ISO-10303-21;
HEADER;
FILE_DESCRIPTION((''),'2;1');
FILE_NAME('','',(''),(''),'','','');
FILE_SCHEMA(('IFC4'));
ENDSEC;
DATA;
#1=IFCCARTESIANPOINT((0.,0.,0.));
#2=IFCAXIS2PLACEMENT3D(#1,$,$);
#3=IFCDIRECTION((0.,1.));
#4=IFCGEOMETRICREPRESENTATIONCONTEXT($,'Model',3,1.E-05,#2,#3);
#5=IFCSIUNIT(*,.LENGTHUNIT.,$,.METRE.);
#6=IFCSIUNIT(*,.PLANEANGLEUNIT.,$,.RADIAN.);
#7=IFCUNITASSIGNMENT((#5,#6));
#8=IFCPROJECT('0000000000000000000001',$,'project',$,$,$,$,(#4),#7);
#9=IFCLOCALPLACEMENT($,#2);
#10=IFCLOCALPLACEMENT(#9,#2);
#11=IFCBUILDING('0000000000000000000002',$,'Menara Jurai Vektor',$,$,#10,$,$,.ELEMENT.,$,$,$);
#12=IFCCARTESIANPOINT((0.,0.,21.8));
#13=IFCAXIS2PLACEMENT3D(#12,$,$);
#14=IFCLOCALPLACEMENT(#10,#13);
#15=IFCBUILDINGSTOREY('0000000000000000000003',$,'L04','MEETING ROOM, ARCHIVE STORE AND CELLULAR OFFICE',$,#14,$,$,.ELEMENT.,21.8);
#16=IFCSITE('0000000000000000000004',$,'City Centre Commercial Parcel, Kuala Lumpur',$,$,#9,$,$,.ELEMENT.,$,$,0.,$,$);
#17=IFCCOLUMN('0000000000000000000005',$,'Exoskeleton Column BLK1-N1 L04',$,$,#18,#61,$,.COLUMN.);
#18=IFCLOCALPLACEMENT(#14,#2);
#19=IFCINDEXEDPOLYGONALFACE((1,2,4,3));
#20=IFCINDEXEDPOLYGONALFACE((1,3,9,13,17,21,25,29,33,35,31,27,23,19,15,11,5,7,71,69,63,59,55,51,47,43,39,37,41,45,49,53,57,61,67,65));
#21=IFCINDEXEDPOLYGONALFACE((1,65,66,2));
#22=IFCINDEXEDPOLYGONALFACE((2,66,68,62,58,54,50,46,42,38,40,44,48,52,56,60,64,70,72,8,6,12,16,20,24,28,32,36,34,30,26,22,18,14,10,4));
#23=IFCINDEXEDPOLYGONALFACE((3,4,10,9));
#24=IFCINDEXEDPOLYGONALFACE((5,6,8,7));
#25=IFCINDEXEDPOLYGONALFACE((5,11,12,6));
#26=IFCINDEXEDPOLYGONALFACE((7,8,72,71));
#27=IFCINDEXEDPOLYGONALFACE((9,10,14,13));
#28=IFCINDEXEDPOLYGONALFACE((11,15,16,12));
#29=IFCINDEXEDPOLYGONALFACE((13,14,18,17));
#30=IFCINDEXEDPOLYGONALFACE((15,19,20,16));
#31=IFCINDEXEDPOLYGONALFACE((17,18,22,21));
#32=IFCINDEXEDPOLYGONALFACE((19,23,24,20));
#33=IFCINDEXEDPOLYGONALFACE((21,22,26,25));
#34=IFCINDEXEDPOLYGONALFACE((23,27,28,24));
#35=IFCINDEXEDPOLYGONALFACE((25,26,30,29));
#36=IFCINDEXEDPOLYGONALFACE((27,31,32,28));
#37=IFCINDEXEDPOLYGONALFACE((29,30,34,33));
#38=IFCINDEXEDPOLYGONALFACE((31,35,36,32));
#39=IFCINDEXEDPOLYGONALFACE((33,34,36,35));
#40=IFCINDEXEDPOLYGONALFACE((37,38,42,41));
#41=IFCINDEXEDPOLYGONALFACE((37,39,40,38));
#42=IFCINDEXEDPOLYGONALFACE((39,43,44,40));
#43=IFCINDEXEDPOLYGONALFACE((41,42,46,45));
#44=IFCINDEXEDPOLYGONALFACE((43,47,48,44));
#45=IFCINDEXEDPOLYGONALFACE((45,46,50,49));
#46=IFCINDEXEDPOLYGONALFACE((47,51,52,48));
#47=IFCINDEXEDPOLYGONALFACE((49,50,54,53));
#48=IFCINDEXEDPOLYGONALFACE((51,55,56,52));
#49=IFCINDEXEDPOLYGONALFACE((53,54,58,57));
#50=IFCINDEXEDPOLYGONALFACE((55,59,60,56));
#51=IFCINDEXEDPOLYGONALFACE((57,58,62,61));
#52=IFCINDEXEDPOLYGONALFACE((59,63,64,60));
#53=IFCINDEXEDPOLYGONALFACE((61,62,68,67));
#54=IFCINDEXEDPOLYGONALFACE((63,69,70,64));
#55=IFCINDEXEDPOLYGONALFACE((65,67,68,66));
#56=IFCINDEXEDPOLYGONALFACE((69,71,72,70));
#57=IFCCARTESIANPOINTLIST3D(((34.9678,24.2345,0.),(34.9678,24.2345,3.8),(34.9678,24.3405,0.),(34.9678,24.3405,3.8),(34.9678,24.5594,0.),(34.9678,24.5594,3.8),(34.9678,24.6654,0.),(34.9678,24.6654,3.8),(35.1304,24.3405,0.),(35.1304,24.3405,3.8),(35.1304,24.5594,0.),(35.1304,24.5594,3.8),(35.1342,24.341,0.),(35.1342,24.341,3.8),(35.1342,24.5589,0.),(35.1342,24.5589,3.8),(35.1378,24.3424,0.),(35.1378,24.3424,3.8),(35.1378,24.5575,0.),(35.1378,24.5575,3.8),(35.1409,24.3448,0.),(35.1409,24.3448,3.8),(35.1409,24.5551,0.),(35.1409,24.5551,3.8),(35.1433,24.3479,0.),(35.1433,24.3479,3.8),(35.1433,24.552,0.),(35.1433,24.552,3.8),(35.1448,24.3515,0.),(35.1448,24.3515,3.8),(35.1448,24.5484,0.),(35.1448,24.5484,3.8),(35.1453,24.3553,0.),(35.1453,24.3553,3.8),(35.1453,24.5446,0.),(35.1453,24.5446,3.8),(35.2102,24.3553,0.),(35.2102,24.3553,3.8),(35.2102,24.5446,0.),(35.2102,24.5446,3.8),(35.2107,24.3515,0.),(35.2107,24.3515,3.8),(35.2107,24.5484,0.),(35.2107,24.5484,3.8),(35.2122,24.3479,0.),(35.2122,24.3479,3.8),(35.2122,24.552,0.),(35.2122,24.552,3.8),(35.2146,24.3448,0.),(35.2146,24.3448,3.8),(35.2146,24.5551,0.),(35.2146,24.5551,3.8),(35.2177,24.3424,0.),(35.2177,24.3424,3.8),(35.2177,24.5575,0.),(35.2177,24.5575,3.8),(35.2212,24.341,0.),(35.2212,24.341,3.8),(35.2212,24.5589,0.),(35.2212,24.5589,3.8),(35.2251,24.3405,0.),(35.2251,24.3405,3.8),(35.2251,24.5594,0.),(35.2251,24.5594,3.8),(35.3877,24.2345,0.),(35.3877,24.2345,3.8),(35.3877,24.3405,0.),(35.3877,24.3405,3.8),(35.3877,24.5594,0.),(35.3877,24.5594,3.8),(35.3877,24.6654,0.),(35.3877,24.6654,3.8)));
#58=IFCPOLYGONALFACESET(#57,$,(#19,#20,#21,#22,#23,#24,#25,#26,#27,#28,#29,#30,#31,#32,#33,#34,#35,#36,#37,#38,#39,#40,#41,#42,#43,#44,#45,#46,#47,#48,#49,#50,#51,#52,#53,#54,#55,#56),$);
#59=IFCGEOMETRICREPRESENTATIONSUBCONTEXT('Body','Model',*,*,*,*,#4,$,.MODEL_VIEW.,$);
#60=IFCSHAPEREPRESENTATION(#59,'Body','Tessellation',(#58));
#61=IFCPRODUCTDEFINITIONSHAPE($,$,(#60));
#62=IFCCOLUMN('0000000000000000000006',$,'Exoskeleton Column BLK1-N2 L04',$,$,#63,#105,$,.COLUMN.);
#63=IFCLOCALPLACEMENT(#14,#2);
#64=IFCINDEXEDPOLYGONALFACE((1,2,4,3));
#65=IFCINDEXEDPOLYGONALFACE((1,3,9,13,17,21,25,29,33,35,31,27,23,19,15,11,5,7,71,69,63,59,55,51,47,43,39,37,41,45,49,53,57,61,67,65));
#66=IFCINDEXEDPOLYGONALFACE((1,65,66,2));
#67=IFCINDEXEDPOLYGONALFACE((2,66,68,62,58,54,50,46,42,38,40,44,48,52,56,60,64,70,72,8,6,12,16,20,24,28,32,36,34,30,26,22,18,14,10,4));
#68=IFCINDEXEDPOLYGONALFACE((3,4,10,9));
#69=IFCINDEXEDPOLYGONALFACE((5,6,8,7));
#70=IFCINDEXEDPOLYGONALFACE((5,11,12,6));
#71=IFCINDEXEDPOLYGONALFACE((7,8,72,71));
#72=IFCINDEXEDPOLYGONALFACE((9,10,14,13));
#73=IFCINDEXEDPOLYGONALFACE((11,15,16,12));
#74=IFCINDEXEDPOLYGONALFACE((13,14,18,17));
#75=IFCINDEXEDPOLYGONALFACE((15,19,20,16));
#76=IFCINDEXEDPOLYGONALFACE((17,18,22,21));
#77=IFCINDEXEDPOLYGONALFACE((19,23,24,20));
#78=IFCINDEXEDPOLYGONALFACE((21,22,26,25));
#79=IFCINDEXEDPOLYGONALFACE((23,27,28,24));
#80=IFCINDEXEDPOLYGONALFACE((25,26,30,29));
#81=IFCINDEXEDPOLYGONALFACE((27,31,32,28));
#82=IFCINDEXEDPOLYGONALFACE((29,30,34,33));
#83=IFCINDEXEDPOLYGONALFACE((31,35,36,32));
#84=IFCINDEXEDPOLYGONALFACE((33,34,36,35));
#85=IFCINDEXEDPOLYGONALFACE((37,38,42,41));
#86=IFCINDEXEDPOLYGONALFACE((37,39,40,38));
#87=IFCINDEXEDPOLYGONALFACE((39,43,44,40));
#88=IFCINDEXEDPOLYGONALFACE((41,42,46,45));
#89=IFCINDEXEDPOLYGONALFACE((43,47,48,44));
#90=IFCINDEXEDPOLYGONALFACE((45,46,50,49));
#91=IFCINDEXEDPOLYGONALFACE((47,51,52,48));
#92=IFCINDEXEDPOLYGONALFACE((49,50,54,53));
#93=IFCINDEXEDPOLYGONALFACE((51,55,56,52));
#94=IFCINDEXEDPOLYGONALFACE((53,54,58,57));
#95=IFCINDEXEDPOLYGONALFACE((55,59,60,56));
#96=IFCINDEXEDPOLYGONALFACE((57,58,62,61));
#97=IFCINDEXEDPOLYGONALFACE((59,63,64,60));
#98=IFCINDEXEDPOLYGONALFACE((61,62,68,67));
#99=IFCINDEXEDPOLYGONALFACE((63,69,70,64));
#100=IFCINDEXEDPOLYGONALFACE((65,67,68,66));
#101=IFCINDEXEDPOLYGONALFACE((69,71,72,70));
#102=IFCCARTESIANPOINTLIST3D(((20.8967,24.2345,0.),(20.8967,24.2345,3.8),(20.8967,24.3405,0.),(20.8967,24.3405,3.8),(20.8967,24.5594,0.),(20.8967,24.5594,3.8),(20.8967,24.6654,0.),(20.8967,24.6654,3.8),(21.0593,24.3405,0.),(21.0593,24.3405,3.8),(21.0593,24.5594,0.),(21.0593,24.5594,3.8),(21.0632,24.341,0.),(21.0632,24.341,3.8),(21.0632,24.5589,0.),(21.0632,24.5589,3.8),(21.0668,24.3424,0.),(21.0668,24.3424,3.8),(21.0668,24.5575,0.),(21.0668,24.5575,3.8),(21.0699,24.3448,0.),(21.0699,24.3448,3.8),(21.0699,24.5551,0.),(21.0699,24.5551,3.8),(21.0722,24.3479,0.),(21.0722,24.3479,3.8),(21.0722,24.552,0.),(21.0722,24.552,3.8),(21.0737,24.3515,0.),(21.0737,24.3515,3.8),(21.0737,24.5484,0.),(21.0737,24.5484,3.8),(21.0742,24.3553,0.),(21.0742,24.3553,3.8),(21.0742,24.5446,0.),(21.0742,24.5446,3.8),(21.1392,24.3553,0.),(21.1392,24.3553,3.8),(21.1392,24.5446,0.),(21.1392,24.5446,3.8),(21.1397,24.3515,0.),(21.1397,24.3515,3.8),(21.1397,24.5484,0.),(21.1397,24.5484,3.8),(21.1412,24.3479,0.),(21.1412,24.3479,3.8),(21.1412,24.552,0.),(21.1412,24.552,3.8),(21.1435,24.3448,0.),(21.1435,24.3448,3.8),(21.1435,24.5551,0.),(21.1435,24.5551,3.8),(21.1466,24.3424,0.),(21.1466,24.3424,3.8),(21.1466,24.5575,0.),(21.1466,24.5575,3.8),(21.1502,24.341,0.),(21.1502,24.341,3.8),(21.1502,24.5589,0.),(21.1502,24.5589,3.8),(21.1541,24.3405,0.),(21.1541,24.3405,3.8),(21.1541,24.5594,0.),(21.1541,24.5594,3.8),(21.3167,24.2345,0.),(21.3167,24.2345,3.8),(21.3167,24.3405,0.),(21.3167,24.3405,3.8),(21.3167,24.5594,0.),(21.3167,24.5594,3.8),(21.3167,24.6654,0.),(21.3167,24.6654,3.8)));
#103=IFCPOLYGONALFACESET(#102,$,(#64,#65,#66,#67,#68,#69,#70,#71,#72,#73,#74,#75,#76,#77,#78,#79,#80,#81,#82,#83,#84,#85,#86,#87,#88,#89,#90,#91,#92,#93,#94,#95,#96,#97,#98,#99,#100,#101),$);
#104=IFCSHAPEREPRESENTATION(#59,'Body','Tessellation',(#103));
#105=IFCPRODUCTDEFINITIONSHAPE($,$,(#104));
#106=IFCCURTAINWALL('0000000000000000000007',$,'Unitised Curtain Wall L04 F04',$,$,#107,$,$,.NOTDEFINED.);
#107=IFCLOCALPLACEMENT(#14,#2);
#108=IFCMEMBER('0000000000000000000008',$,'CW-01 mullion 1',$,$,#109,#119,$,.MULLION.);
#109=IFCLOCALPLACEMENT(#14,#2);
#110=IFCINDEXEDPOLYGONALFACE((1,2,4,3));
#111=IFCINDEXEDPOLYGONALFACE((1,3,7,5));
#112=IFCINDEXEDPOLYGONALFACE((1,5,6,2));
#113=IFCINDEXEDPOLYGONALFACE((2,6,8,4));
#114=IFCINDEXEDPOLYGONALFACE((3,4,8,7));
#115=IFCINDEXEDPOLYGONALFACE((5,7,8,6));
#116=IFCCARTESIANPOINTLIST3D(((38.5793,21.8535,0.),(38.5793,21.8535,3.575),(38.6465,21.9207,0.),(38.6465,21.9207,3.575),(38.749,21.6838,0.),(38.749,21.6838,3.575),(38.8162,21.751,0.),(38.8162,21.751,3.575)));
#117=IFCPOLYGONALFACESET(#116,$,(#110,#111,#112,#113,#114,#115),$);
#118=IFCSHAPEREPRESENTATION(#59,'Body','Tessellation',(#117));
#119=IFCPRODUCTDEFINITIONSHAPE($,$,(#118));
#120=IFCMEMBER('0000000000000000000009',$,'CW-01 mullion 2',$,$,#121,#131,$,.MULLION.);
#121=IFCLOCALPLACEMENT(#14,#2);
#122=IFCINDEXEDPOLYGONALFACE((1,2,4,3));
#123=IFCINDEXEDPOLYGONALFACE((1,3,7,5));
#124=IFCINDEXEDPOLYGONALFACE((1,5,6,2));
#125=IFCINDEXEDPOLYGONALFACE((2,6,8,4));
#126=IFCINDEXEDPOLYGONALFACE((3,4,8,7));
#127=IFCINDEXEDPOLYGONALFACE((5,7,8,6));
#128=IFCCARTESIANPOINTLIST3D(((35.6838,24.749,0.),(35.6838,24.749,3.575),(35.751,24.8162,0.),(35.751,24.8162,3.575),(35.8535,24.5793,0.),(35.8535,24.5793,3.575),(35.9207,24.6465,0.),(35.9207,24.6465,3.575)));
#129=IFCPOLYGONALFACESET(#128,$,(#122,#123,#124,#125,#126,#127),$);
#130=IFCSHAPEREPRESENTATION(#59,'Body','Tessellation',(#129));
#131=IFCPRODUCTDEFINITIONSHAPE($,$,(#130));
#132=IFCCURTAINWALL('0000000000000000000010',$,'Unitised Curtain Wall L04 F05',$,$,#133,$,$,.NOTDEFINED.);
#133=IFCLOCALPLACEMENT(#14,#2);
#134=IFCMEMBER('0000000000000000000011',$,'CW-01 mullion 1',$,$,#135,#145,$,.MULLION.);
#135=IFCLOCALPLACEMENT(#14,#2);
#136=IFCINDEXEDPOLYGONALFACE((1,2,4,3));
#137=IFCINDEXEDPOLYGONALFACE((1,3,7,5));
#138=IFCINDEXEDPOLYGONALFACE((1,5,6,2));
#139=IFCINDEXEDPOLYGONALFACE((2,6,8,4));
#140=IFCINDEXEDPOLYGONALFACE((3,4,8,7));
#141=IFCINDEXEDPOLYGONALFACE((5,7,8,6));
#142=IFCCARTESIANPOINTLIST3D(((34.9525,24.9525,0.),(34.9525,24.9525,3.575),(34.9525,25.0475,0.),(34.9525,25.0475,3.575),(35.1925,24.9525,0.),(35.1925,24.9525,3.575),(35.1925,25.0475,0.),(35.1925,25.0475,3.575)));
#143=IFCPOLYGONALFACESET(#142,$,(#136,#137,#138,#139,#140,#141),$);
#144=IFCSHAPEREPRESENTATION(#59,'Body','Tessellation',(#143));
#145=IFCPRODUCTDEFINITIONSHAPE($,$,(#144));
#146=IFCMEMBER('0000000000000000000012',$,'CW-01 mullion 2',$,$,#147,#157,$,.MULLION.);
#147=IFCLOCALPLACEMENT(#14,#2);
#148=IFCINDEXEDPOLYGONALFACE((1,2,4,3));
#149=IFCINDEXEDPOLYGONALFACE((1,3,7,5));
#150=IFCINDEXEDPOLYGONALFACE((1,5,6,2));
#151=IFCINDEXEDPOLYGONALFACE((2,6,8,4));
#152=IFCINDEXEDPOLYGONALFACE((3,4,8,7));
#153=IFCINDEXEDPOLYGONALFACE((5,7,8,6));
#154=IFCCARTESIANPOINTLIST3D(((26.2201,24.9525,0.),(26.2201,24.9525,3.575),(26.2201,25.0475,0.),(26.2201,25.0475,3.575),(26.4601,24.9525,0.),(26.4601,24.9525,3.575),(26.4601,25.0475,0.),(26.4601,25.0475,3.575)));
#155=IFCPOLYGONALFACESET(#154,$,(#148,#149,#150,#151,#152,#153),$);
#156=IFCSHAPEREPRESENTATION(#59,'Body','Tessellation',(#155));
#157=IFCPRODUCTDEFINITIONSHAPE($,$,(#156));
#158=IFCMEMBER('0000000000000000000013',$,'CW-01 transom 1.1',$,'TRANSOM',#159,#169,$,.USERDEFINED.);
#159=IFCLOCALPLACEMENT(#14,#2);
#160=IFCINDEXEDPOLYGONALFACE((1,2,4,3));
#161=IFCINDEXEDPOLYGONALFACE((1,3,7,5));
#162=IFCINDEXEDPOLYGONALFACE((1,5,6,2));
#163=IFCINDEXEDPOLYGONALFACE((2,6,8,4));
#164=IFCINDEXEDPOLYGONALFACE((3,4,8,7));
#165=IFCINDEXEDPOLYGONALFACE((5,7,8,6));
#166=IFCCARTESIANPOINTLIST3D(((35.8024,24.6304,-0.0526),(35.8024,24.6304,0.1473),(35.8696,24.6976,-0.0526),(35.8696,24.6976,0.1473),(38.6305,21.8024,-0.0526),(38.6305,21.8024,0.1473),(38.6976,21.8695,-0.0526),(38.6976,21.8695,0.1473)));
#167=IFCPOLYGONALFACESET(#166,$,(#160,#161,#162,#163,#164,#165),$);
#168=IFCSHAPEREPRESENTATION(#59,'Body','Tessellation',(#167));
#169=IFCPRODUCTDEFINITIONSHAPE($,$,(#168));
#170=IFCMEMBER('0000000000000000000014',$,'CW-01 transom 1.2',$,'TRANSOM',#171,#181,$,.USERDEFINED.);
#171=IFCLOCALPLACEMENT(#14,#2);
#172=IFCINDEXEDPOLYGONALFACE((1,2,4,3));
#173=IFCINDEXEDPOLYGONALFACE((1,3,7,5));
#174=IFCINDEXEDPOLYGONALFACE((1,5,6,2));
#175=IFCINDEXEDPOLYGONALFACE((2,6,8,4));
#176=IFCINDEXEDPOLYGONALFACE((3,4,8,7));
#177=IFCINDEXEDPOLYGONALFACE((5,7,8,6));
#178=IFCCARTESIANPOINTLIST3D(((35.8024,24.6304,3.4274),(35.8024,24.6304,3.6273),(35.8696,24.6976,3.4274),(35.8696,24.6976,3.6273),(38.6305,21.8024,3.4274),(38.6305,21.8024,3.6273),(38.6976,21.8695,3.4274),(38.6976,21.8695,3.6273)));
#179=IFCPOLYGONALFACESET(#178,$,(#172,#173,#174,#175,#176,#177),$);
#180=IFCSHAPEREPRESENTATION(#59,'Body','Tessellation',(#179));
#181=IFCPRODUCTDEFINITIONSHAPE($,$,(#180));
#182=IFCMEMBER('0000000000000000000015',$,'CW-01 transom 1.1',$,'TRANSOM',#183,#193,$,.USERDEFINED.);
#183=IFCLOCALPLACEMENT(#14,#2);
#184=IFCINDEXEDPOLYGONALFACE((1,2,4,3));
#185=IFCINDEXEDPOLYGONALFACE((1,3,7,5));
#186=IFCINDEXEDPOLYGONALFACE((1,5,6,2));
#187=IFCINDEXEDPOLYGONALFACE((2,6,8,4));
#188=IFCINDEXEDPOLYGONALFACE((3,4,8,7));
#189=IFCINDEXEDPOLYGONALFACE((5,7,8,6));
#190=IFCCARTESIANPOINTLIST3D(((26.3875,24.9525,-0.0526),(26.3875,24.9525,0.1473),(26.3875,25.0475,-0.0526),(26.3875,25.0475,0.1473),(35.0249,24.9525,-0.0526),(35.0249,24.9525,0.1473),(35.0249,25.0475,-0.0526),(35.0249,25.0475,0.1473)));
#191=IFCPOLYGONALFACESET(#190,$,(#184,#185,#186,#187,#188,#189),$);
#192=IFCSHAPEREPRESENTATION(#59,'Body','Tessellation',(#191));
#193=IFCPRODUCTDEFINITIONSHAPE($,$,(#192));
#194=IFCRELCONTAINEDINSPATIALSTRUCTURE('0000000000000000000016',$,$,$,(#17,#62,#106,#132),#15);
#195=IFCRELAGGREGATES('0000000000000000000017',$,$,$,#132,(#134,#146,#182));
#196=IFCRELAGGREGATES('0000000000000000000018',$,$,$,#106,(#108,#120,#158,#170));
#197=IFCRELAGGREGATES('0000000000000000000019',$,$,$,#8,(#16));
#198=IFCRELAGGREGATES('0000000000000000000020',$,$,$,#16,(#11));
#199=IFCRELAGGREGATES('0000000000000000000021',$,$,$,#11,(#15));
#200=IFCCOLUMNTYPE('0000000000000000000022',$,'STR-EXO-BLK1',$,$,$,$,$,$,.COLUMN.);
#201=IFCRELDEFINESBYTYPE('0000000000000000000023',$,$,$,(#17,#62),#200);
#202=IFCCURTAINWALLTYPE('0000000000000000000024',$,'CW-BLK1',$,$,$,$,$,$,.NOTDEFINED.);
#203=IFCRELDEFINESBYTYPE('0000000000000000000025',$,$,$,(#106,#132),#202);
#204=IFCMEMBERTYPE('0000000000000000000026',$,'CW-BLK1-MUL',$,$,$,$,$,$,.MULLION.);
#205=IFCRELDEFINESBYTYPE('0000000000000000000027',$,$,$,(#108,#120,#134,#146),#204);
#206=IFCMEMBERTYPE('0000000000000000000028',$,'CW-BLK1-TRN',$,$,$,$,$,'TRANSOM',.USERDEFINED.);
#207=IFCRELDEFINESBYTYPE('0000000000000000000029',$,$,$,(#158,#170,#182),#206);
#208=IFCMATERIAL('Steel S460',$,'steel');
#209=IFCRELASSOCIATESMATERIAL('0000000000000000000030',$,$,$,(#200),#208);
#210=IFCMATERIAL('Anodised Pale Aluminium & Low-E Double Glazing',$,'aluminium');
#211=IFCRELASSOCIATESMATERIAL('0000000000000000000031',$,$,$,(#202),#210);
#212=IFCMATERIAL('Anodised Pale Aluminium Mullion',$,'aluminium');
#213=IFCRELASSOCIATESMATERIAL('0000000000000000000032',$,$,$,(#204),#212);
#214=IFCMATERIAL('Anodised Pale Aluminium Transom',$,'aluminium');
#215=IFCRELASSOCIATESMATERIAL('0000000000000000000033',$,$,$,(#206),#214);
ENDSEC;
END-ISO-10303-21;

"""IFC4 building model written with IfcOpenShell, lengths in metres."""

from ifc_helpers import new_model, si_unit, direction, frame, origin, origin_2d, place, context, subcontext, project, spatial, rectangle, i_section, extrude, material, material_profile, profile_set, type_object, element, aggregate, save


model = new_model("IFC4")

# Units and contexts
model_context = context("Model", 3, precision=1e-05, world=origin(), true_north=direction((0.0, 1.0)))
body_context = subcontext(model_context, "Body", "Model", "MODEL_VIEW")
ifc_project = project(units=[si_unit("LENGTHUNIT", "METRE"), si_unit("PLANEANGLEUNIT", "RADIAN")], contexts=[model_context])

# Site, building, storey
site_placement = place(None, origin())
site = spatial("IfcSite", under=ifc_project, at=site_placement, Name="City Centre Commercial Parcel, Kuala Lumpur", CompositionType="ELEMENT", RefElevation=0.0)
building_placement = place(site_placement, origin())
building = spatial("IfcBuilding", under=site, at=building_placement, Name="Menara Jurai Vektor", CompositionType="ELEMENT")
storey_placement = place(building_placement, frame((0.0, 0.0, 21.8)))
storey = spatial("IfcBuildingStorey", under=building, at=storey_placement, Name="L04", Description="MEETING ROOM, ARCHIVE STORE AND CELLULAR OFFICE", CompositionType="ELEMENT", Elevation=21.8)

# Columns
ifc_material_1 = material(Name="Steel S460", Category="steel")
ifc_material_profile_1 = material_profile(ifc_material_1, i_section(OverallWidth=0.4199, OverallDepth=0.4309, WebThickness=0.0649, FlangeThickness=0.106, FilletRadius=0.0149, at=origin_2d()), Name="HD 400x900")
ifc_profile_set_1 = profile_set([ifc_material_profile_1], Name="Steel S460")
column_type = type_object("IfcColumnType", Name="STR-EXO-BLK1", PredefinedType="COLUMN", material=ifc_profile_set_1)
for number, where, z_axis, x_axis, name in (
    (1, (35.1777, 24.45, 0.0), (0.0, 0.0, 1.0), (1.0, 0.0, 0.0), "Exoskeleton Column BLK1-N1 L04"),
    (2, (21.1067, 24.45, 0.0), (0.0, 0.0, 1.0), (1.0, 0.0, 0.0), "Exoskeleton Column BLK1-N2 L04"),
):
    element("IfcColumn", number, at=place(storey_placement, frame(where, z_axis=z_axis, x_axis=x_axis)), inside=storey, type_object=column_type, Name=name, PredefinedType="COLUMN", context=body_context, shape_type="SweptSolid", body=[
        extrude(i_section(OverallWidth=0.4199, OverallDepth=0.4309, WebThickness=0.0649, FlangeThickness=0.106, FilletRadius=0.0149, at=origin_2d()), origin(), (0.0, 0.0, 1.0), 3.8),
    ])

# Curtain walls, members
ifc_material_2 = material(Name="Anodised Pale Aluminium & Low-E Double Glazing", Category="aluminium")
curtain_wall_type = type_object("IfcCurtainWallType", Name="CW-BLK1", PredefinedType="NOTDEFINED", material=ifc_material_2)
curtain_wall_1_placement = place(storey_placement, origin())
curtain_wall_1 = element("IfcCurtainWall", 3, at=curtain_wall_1_placement, inside=storey, type_object=curtain_wall_type, Name="Unitised Curtain Wall L04 F04", PredefinedType="NOTDEFINED")
ifc_material_3 = material(Name="Anodised Pale Aluminium Mullion", Category="aluminium")
ifc_material_profile_2 = material_profile(ifc_material_3, rectangle(XDim=0.095, YDim=0.24, at=origin_2d()), Name="ALU MUL 95x240")
ifc_profile_set_2 = profile_set([ifc_material_profile_2], Name="Anodised Pale Aluminium Mullion")
member_type_1 = type_object("IfcMemberType", Name="CW-BLK1-MUL", PredefinedType="MULLION", material=ifc_profile_set_2)
member_1_placement = place(storey_placement, frame((38.6978, 21.8022, 0.0), z_axis=(0.0, 0.0, 1.0), x_axis=(-0.707107, -0.707107, 0.0)))
member_1 = element("IfcMember", 4, at=member_1_placement, type_object=member_type_1, Name="CW-01 mullion 1", PredefinedType="MULLION", context=body_context, shape_type="SweptSolid", body=[
    extrude(rectangle(XDim=0.095, YDim=0.24, at=origin_2d()), origin(), (0.0, 0.0, 1.0), 3.575),
])
member_2_placement = place(storey_placement, frame((35.8022, 24.6978, 0.0), z_axis=(0.0, 0.0, 1.0), x_axis=(-0.707107, -0.707107, 0.0)))
member_2 = element("IfcMember", 5, at=member_2_placement, type_object=member_type_1, Name="CW-01 mullion 2", PredefinedType="MULLION", context=body_context, shape_type="SweptSolid", body=[
    extrude(rectangle(XDim=0.095, YDim=0.24, at=origin_2d()), origin(), (0.0, 0.0, 1.0), 3.575),
])
curtain_wall_2_placement = place(storey_placement, origin())
curtain_wall_2 = element("IfcCurtainWall", 6, at=curtain_wall_2_placement, inside=storey, type_object=curtain_wall_type, Name="Unitised Curtain Wall L04 F05", PredefinedType="NOTDEFINED")
member_3_placement = place(storey_placement, frame((35.0725, 25.0, 0.0), z_axis=(0.0, 0.0, 1.0), x_axis=(0.0, -1.0, 0.0)))
member_3 = element("IfcMember", 7, at=member_3_placement, type_object=member_type_1, Name="CW-01 mullion 1", PredefinedType="MULLION", context=body_context, shape_type="SweptSolid", body=[
    extrude(rectangle(XDim=0.095, YDim=0.24, at=origin_2d()), origin(), (0.0, 0.0, 1.0), 3.575),
])
member_4_placement = place(storey_placement, frame((26.3401, 25.0, 0.0), z_axis=(0.0, 0.0, 1.0), x_axis=(0.0, -1.0, 0.0)))
member_4 = element("IfcMember", 8, at=member_4_placement, type_object=member_type_1, Name="CW-01 mullion 2", PredefinedType="MULLION", context=body_context, shape_type="SweptSolid", body=[
    extrude(rectangle(XDim=0.095, YDim=0.24, at=origin_2d()), origin(), (0.0, 0.0, 1.0), 3.575),
])

# Members
ifc_material_4 = material(Name="Anodised Pale Aluminium Transom", Category="aluminium")
ifc_material_profile_3 = material_profile(ifc_material_4, rectangle(XDim=0.095, YDim=0.2, at=origin_2d()), Name="ALU TRN 95x200")
ifc_profile_set_3 = profile_set([ifc_material_profile_3], Name="Anodised Pale Aluminium Transom")
member_type_2 = type_object("IfcMemberType", Name="CW-BLK1-TRN", ElementType="TRANSOM", PredefinedType="USERDEFINED", material=ifc_profile_set_3)
member_5_placement = place(storey_placement, frame((38.6641, 21.8359, 0.0474), z_axis=(-0.707107, 0.707107, 0.0), x_axis=(-0.707107, -0.707107, 0.0)))
member_5 = element("IfcMember", 9, at=member_5_placement, type_object=member_type_2, Name="CW-01 transom 1.1", ObjectType="TRANSOM", PredefinedType="USERDEFINED", context=body_context, shape_type="SweptSolid", body=[
    extrude(rectangle(XDim=0.095, YDim=0.2, at=origin_2d()), origin(), (0.0, 0.0, 1.0), 3.9995),
])
member_6_placement = place(storey_placement, frame((38.6641, 21.8359, 3.5273), z_axis=(-0.707107, 0.707107, 0.0), x_axis=(-0.707107, -0.707107, 0.0)))
member_6 = element("IfcMember", 10, at=member_6_placement, type_object=member_type_2, Name="CW-01 transom 1.2", ObjectType="TRANSOM", PredefinedType="USERDEFINED", context=body_context, shape_type="SweptSolid", body=[
    extrude(rectangle(XDim=0.095, YDim=0.2, at=origin_2d()), origin(), (0.0, 0.0, 1.0), 3.9995),
])
member_7_placement = place(storey_placement, frame((35.0249, 25.0, 0.0474), z_axis=(-1.0, 0.0, 0.0), x_axis=(0.0, -1.0, 0.0)))
member_7 = element("IfcMember", 11, at=member_7_placement, type_object=member_type_2, Name="CW-01 transom 1.1", ObjectType="TRANSOM", PredefinedType="USERDEFINED", context=body_context, shape_type="SweptSolid", body=[
    extrude(rectangle(XDim=0.095, YDim=0.2, at=origin_2d()), origin(), (0.0, 0.0, 1.0), 8.6375),
])

aggregate(curtain_wall_2, [member_3, member_4, member_7])
aggregate(curtain_wall_1, [member_1, member_2, member_5, member_6])

save(model, "model.ifc")
